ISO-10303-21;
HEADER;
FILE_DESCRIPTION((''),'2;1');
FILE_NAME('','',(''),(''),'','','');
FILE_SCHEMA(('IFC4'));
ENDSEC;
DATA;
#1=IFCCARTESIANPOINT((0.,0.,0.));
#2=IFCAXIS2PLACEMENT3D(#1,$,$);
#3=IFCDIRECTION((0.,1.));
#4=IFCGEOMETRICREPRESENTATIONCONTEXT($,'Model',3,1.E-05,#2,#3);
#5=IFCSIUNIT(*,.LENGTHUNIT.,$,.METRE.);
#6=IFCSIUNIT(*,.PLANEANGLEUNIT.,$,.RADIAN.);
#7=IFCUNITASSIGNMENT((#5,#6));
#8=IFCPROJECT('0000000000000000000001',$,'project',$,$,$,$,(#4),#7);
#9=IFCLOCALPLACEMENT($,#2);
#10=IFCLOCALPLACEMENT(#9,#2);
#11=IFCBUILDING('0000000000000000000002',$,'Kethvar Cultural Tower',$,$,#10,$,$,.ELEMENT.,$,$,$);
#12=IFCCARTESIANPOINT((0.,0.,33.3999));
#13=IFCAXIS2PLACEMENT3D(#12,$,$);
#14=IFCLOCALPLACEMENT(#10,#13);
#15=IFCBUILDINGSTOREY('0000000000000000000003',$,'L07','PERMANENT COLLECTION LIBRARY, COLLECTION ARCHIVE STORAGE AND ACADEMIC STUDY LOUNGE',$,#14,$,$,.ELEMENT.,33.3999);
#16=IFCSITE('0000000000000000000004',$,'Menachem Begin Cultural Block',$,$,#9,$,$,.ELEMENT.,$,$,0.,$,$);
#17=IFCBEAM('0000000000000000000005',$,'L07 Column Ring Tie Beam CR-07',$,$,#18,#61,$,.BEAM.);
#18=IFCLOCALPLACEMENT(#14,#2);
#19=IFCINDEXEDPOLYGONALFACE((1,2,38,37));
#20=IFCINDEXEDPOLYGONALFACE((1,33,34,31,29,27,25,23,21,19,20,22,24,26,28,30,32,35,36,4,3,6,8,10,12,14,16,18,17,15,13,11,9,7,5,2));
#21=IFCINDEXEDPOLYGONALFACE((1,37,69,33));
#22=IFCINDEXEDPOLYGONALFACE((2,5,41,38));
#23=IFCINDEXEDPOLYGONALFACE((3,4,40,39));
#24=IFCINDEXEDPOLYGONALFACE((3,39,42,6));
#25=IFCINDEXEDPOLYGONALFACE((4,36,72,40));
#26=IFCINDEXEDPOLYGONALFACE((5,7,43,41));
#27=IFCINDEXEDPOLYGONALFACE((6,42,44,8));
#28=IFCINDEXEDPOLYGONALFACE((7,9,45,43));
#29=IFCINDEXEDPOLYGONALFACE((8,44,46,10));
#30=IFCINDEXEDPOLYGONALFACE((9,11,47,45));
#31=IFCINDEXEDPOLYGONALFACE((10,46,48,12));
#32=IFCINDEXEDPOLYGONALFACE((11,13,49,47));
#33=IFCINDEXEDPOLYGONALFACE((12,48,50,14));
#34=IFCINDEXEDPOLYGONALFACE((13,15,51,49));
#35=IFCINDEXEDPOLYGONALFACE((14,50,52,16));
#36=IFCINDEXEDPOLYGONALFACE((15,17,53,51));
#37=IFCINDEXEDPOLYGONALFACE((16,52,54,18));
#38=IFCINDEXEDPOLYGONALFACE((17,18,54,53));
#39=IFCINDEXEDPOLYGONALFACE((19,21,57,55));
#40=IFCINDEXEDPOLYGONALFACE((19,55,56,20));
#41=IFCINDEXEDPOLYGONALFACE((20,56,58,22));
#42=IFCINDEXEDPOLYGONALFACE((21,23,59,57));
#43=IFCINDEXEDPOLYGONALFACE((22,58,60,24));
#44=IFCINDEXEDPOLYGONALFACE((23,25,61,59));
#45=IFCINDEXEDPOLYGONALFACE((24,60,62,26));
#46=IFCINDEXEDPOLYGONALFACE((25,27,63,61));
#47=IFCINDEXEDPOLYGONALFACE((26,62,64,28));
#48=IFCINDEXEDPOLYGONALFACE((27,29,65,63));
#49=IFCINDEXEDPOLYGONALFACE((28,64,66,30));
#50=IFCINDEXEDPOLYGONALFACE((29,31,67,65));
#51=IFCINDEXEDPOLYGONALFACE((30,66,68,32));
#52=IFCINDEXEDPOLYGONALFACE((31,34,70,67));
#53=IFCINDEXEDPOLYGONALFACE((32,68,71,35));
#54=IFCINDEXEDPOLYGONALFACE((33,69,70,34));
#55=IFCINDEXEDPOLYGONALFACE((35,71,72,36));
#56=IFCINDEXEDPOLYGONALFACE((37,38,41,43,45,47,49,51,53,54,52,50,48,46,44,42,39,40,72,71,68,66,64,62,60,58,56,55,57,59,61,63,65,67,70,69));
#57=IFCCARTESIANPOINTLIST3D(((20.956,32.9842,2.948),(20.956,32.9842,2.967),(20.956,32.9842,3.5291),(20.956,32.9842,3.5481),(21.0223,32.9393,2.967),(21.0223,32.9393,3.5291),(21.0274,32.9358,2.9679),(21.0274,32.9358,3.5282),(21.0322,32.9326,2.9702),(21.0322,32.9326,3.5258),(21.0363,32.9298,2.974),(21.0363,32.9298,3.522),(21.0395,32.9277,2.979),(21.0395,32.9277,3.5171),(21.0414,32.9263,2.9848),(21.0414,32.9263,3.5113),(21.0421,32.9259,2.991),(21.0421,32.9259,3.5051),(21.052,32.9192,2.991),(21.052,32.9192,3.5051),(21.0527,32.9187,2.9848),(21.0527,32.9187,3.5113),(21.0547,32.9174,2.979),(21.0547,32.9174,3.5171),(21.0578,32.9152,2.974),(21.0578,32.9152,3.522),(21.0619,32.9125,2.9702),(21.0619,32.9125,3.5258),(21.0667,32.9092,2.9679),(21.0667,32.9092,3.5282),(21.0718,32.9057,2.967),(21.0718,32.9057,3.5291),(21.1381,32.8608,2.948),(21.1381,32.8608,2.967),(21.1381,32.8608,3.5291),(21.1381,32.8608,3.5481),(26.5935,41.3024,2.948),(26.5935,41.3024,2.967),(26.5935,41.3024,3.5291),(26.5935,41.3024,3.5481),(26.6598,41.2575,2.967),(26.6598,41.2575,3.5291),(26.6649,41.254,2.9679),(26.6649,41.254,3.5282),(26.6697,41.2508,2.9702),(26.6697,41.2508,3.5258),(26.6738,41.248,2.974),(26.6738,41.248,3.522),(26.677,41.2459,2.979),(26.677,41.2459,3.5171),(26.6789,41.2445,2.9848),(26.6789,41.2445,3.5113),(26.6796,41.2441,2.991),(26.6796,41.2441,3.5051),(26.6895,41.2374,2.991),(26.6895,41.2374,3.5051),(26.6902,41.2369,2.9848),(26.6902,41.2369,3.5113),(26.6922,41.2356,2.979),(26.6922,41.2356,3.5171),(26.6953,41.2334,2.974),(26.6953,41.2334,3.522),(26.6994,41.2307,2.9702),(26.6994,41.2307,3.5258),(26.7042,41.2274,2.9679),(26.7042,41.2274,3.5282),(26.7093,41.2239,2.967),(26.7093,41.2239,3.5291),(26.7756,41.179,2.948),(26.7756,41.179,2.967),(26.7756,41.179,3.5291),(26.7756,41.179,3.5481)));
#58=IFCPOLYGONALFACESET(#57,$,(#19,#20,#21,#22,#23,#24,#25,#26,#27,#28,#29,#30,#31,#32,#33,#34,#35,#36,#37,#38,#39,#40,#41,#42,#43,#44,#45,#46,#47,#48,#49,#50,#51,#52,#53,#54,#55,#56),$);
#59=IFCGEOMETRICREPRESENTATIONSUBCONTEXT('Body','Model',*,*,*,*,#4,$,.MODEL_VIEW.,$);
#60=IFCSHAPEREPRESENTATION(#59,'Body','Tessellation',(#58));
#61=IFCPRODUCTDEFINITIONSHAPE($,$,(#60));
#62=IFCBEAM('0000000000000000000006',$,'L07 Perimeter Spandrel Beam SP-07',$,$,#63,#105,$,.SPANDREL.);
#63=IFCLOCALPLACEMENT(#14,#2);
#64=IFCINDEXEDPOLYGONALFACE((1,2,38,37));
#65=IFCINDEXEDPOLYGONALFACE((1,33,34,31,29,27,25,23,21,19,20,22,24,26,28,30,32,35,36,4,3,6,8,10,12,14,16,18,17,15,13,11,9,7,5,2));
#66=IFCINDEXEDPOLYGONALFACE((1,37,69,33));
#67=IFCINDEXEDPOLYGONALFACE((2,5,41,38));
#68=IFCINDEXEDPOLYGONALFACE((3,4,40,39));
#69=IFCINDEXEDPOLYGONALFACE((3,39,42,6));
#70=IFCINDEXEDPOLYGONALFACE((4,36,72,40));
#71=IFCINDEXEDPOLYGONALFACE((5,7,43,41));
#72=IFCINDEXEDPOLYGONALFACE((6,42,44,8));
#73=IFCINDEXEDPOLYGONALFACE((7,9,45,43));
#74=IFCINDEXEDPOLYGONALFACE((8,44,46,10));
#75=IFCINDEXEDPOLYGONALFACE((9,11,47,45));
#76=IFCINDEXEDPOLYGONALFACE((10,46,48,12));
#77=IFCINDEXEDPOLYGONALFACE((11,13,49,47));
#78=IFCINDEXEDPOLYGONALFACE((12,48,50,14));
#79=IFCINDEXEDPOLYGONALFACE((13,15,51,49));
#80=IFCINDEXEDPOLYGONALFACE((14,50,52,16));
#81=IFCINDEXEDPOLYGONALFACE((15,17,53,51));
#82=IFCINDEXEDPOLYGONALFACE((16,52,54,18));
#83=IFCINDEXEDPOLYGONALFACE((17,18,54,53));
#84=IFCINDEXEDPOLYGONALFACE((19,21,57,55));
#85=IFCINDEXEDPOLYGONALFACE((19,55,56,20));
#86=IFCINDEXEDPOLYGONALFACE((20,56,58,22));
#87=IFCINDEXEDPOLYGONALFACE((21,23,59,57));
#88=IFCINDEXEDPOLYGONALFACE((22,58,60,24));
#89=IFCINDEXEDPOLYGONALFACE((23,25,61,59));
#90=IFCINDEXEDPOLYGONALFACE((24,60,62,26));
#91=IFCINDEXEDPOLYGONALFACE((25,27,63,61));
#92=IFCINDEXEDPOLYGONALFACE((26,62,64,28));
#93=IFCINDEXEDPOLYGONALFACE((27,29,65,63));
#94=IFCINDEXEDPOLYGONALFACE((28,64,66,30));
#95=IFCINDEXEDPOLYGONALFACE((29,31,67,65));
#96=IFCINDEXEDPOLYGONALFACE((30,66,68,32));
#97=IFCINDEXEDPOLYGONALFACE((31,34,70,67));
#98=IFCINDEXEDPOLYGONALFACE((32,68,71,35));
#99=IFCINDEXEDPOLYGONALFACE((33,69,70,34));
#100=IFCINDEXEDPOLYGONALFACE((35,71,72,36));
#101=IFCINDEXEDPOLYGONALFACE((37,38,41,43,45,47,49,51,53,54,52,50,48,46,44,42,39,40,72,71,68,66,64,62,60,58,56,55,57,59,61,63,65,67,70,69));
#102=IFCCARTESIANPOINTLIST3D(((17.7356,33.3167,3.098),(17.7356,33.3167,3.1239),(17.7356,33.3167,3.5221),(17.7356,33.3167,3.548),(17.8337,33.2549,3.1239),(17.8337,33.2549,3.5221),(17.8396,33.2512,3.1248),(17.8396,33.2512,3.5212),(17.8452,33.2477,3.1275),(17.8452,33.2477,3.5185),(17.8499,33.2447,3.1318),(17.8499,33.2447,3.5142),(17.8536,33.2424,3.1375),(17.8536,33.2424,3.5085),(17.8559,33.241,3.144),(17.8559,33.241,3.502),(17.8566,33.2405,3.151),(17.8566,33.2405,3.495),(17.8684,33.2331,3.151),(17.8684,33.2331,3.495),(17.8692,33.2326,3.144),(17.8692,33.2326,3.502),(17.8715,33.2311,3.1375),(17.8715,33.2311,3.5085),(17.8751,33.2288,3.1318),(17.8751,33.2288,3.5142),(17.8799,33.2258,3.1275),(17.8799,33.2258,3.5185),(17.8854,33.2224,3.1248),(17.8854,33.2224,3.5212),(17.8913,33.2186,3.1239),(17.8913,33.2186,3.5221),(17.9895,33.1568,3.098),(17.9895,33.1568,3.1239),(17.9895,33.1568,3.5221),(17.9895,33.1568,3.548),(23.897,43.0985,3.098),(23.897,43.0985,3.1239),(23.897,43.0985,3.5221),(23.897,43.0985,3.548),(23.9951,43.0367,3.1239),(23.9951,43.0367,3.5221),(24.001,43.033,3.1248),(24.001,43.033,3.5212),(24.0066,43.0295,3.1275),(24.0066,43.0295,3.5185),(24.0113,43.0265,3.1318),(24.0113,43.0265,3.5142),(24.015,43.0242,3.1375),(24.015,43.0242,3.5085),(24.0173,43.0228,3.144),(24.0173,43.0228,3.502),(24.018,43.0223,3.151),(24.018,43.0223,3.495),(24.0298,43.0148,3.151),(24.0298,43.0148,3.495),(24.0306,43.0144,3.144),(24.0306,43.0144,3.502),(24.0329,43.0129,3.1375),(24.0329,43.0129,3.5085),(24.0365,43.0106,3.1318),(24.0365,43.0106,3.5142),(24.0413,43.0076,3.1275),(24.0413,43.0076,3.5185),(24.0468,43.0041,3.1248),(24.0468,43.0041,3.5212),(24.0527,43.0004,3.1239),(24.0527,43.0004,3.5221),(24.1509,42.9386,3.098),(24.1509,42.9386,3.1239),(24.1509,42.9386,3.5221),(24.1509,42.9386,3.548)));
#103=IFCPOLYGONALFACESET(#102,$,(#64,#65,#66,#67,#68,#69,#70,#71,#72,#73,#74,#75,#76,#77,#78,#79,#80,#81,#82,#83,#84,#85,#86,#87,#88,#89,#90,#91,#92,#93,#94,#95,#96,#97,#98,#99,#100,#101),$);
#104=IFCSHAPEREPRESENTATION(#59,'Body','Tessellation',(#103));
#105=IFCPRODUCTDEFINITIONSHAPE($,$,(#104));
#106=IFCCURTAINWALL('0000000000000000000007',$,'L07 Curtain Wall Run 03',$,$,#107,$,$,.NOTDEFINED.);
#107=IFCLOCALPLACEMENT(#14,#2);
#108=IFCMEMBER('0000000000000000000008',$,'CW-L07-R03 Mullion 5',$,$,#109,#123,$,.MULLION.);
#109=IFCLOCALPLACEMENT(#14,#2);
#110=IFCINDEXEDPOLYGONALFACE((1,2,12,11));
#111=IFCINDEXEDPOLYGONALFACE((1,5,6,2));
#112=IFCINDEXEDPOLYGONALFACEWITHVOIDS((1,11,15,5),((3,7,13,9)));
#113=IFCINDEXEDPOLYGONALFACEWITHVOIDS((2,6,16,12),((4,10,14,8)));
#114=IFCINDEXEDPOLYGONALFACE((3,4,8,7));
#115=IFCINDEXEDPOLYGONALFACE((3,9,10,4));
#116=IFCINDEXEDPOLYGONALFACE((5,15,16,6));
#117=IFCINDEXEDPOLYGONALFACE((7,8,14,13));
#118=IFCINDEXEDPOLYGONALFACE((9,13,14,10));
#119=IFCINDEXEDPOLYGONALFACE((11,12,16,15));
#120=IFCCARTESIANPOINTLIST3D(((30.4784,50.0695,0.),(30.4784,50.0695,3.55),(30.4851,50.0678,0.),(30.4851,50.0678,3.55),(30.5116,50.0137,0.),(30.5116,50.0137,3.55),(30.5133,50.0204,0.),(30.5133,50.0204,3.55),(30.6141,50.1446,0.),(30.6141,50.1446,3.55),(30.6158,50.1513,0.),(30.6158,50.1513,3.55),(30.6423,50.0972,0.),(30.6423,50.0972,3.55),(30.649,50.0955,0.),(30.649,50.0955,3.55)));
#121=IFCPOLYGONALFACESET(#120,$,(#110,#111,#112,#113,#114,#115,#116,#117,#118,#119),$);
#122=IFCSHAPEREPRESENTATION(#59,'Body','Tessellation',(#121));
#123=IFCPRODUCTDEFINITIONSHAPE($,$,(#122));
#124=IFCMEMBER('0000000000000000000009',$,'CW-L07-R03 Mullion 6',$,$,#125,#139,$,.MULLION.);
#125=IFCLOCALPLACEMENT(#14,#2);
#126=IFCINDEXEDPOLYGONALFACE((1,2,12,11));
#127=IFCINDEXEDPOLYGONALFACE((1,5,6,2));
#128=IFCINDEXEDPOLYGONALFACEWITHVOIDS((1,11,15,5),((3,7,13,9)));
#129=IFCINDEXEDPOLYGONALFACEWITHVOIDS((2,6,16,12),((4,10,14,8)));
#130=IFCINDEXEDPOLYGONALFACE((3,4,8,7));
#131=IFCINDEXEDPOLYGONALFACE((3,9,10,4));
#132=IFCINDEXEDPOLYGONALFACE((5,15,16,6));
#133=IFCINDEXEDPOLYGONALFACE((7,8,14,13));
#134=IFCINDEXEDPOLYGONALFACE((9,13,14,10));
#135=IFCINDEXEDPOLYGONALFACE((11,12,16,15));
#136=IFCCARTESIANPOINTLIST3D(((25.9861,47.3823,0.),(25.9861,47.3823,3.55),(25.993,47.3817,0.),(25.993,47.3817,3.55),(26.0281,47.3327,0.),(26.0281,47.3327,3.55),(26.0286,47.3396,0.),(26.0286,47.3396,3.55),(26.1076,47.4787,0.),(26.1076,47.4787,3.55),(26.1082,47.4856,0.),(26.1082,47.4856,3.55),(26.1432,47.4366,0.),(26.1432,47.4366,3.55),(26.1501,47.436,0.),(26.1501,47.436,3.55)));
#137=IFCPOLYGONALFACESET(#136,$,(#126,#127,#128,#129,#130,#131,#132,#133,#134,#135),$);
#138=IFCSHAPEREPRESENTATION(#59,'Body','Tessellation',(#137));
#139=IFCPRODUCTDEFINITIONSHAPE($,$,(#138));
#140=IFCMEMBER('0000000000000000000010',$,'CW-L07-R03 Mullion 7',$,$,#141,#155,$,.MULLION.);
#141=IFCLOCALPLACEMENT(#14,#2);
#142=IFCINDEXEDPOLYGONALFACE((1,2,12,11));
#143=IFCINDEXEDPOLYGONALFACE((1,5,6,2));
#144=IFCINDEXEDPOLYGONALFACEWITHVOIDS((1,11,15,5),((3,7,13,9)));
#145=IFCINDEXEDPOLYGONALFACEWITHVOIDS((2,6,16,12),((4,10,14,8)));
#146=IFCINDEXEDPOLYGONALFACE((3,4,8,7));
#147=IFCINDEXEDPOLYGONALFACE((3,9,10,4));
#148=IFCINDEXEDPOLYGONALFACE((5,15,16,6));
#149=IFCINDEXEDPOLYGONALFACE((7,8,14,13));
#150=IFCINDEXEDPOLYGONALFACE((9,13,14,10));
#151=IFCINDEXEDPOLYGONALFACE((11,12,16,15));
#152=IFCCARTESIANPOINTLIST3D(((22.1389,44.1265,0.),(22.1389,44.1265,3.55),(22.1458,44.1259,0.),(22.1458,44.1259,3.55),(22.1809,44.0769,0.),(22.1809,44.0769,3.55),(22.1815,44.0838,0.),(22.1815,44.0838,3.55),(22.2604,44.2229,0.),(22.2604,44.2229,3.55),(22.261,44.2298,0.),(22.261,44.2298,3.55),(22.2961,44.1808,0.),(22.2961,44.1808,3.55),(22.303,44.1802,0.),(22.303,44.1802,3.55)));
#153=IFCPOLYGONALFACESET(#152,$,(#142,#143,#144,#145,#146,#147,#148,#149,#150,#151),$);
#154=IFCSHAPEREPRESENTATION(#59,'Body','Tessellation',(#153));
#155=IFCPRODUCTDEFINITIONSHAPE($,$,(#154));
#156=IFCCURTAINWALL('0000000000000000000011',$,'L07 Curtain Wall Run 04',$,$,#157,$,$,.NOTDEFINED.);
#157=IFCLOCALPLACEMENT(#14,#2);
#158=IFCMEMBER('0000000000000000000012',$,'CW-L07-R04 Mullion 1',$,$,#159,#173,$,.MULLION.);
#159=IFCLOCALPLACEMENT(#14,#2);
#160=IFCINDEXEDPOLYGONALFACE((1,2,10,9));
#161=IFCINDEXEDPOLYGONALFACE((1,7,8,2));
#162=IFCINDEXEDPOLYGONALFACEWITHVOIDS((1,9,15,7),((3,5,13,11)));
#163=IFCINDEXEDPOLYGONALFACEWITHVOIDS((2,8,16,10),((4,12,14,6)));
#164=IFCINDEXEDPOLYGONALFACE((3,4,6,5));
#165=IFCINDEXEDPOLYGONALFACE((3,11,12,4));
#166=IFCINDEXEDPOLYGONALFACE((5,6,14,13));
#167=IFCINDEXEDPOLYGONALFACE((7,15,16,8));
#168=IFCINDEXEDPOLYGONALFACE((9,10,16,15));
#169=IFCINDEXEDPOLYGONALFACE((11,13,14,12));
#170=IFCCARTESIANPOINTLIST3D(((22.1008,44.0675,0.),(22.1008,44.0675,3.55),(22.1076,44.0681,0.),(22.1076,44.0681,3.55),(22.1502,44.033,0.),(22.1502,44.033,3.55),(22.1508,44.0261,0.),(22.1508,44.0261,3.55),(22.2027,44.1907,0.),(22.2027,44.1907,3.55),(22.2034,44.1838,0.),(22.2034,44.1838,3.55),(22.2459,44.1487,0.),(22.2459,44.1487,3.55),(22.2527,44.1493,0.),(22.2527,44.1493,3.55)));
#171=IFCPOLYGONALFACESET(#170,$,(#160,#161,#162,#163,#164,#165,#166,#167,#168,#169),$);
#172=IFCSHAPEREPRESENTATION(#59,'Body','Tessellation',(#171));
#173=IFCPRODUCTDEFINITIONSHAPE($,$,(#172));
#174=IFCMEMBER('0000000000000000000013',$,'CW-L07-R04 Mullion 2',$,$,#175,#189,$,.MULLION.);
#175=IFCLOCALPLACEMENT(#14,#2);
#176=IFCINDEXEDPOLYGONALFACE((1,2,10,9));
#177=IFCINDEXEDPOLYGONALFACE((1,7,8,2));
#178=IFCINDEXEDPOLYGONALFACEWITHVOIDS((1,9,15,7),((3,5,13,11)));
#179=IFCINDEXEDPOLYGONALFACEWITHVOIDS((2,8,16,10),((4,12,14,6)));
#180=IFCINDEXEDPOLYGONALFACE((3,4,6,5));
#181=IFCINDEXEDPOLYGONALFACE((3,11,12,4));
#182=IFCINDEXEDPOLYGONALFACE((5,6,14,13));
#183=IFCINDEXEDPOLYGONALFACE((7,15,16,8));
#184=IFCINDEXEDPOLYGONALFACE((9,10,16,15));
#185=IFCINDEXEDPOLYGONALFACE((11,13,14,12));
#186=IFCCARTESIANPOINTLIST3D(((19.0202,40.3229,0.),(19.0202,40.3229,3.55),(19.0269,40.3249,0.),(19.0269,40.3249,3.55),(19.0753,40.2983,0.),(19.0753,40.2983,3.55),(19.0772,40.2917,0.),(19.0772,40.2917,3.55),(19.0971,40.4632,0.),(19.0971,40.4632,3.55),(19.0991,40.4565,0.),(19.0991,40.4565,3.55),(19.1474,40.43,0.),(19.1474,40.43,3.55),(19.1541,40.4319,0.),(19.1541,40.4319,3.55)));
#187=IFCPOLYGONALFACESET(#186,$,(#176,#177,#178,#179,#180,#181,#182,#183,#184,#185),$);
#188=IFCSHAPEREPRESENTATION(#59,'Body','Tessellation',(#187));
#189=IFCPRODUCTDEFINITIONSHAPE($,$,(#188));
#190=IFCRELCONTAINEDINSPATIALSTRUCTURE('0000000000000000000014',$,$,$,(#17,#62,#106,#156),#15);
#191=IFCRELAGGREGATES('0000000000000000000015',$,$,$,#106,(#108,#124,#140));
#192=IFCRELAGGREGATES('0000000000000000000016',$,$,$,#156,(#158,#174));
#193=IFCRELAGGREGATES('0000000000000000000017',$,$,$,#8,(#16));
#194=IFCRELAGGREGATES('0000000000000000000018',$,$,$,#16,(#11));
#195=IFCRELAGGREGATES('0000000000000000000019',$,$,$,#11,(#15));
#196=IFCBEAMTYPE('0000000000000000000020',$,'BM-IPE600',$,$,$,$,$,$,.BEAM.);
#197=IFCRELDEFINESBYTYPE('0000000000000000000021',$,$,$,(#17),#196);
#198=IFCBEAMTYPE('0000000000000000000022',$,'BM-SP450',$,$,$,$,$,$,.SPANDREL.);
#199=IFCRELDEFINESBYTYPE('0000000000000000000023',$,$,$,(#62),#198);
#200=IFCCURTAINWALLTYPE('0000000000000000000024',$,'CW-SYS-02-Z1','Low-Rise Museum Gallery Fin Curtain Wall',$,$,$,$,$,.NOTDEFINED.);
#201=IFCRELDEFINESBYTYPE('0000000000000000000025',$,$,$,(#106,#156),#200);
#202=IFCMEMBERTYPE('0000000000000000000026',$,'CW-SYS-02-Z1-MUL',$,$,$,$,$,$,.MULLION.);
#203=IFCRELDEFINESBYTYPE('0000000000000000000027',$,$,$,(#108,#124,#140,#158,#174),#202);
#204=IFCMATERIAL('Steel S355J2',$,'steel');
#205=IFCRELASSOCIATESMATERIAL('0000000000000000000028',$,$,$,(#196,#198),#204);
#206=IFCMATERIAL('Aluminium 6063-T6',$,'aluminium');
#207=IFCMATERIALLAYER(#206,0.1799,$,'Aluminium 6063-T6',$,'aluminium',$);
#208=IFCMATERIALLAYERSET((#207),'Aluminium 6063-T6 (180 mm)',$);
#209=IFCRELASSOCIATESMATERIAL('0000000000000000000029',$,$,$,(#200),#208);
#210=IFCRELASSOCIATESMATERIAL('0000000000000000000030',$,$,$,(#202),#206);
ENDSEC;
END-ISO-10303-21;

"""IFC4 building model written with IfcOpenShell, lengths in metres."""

from ifc_helpers import new_model, si_unit, direction, frame, origin, origin_2d, place, context, subcontext, project, spatial, hollow_rectangle, i_section, extrude, source, transform, mapped, material, layer, layer_set, material_profile, profile_set, type_object, element, aggregate, save


model = new_model("IFC4")

# Units and contexts
model_context = context("Model", 3, precision=1e-05, world=origin(), true_north=direction((0.0, 1.0)))
body_context = subcontext(model_context, "Body", "Model", "MODEL_VIEW")
ifc_project = project(units=[si_unit("LENGTHUNIT", "METRE"), si_unit("PLANEANGLEUNIT", "RADIAN")], contexts=[model_context])

# Site, building, storey
site_placement = place(None, origin())
site = spatial("IfcSite", under=ifc_project, at=site_placement, Name="Menachem Begin Cultural Block", CompositionType="ELEMENT", RefElevation=0.0)
building_placement = place(site_placement, origin())
building = spatial("IfcBuilding", under=site, at=building_placement, Name="Kethvar Cultural Tower", CompositionType="ELEMENT")
storey_placement = place(building_placement, frame((0.0, 0.0, 33.3999)))
storey = spatial("IfcBuildingStorey", under=building, at=storey_placement, Name="L07", Description="PERMANENT COLLECTION LIBRARY, COLLECTION ARCHIVE STORAGE AND ACADEMIC STUDY LOUNGE", CompositionType="ELEMENT", Elevation=33.3999)

# Beams
ifc_material_1 = material(Name="Steel S355J2", Category="steel")
ifc_material_profile_1 = material_profile(ifc_material_1, i_section(OverallWidth=0.22, OverallDepth=0.6001, WebThickness=0.012, FlangeThickness=0.019, FilletRadius=0.0239, at=origin_2d()), Name="Steel S355J2 — IPE600")
ifc_profile_set_1 = profile_set([ifc_material_profile_1], Name="Steel S355J2 — IPE600")
beam_type_1 = type_object("IfcBeamType", Name="BM-IPE600", PredefinedType="BEAM", material=ifc_profile_set_1)
ifc_material_profile_2 = material_profile(ifc_material_1, i_section(OverallWidth=0.3, OverallDepth=0.45, WebThickness=0.0139, FlangeThickness=0.0259, FilletRadius=0.0271, at=origin_2d()), Name="Steel S355J2 — HEB450")
ifc_profile_set_2 = profile_set([ifc_material_profile_2], Name="Steel S355J2 — HEB450")
beam_type_2 = type_object("IfcBeamType", Name="BM-SP450", PredefinedType="SPANDREL", material=ifc_profile_set_2)
shared_shape_1 = source(origin(), body_context, "Body", "SweptSolid", [
    extrude(i_section(OverallWidth=0.22, OverallDepth=0.6001, WebThickness=0.012, FlangeThickness=0.019, FilletRadius=0.0239, at=origin_2d()), origin(), (0.0, 0.0, 1.0), 10.0486),
])
beam_1_placement = place(storey_placement, frame((26.6846, 41.2407, 3.248), z_axis=(-0.561025, -0.827799, 0.0), x_axis=(0.827799, -0.561025, 0.0)))
element("IfcBeam", 1, at=beam_1_placement, inside=storey, type_object=beam_type_1, Name="L07 Column Ring Tie Beam CR-07", PredefinedType="BEAM", context=body_context, shape_type="MappedRepresentation", body=[
    mapped(shared_shape_1, transform((0.0, 0.0, 0.0), scale=1.0)),
])
shared_shape_2 = source(origin(), body_context, "Body", "SweptSolid", [
    extrude(i_section(OverallWidth=0.3, OverallDepth=0.45, WebThickness=0.0139, FlangeThickness=0.0259, FilletRadius=0.0271, at=origin_2d()), origin(), (0.0, 0.0, 1.0), 11.5605),
])
beam_2_placement = place(storey_placement, frame((24.0239, 43.0186, 3.323), z_axis=(-0.532968, -0.846135, 0.0), x_axis=(0.846135, -0.532968, 0.0)))
element("IfcBeam", 2, at=beam_2_placement, inside=storey, type_object=beam_type_2, Name="L07 Perimeter Spandrel Beam SP-07", PredefinedType="SPANDREL", context=body_context, shape_type="MappedRepresentation", body=[
    mapped(shared_shape_2, transform((0.0, 0.0, 0.0), scale=1.0)),
])

# Curtain walls, members
ifc_material_2 = material(Name="Aluminium 6063-T6", Category="aluminium")
ifc_layer_1 = layer(ifc_material_2, 0.1799, Name="Aluminium 6063-T6", Category="aluminium")
ifc_layer_set_1 = layer_set([ifc_layer_1], Name="Aluminium 6063-T6 (180 mm)")
curtain_wall_type = type_object("IfcCurtainWallType", Name="CW-SYS-02-Z1", Description="Low-Rise Museum Gallery Fin Curtain Wall", PredefinedType="NOTDEFINED", material=ifc_layer_set_1)
curtain_wall_1_placement = place(storey_placement, origin())
curtain_wall_1 = element("IfcCurtainWall", 3, at=curtain_wall_1_placement, inside=storey, type_object=curtain_wall_type, Name="L07 Curtain Wall Run 03", PredefinedType="NOTDEFINED")
ifc_material_profile_3 = material_profile(ifc_material_2, hollow_rectangle(XDim=0.0649, YDim=0.1599, WallThickness=0.0049, at=origin_2d()), Name="Aluminium 6063-T6 — RHS160x65x5")
ifc_profile_set_3 = profile_set([ifc_material_profile_3], Name="Aluminium 6063-T6 — RHS160x65x5")
member_type_1 = type_object("IfcMemberType", Name="CW-SYS-02-Z1-MUL", PredefinedType="MULLION", material=ifc_profile_set_3)
shared_shape_3 = source(origin(), body_context, "Body", "SweptSolid", [
    extrude(hollow_rectangle(XDim=0.0649, YDim=0.1599, WallThickness=0.0049, at=origin_2d()), origin(), (0.0, 0.0, 1.0), 3.55),
])
member_1_placement = place(storey_placement, frame((30.5637, 50.0825, 0.0), z_axis=(0.0, 0.0, 1.0), x_axis=(0.511383, -0.859353, 0.0)))
member_1 = element("IfcMember", 4, at=member_1_placement, type_object=member_type_1, Name="CW-L07-R03 Mullion 5", PredefinedType="MULLION", context=body_context, shape_type="MappedRepresentation", body=[
    mapped(shared_shape_3, transform((0.0, 0.0, 0.0), scale=1.0)),
])
member_2_placement = place(storey_placement, frame((26.0681, 47.4092, 0.0), z_axis=(0.0, 0.0, 1.0), x_axis=(0.646044, -0.7633, 0.0)))
member_2 = element("IfcMember", 5, at=member_2_placement, type_object=member_type_1, Name="CW-L07-R03 Mullion 6", PredefinedType="MULLION", context=body_context, shape_type="MappedRepresentation", body=[
    mapped(shared_shape_3, transform((0.0, 0.0, 0.0), scale=1.0)),
])
member_3_placement = place(storey_placement, frame((22.2209, 44.1533, 0.0), z_axis=(0.0, 0.0, 1.0), x_axis=(0.646044, -0.7633, 0.0)))
member_3 = element("IfcMember", 6, at=member_3_placement, type_object=member_type_1, Name="CW-L07-R03 Mullion 7", PredefinedType="MULLION", context=body_context, shape_type="MappedRepresentation", body=[
    mapped(shared_shape_3, transform((0.0, 0.0, 0.0), scale=1.0)),
])
curtain_wall_2_placement = place(storey_placement, origin())
curtain_wall_2 = element("IfcCurtainWall", 7, at=curtain_wall_2_placement, inside=storey, type_object=curtain_wall_type, Name="L07 Curtain Wall Run 04", PredefinedType="NOTDEFINED")
member_4_placement = place(storey_placement, frame((22.1768, 44.1084, 0.0), z_axis=(0.0, 0.0, 1.0), x_axis=(0.770491, -0.637451, 0.0)))
member_4 = element("IfcMember", 8, at=member_4_placement, type_object=member_type_1, Name="CW-L07-R04 Mullion 1", PredefinedType="MULLION", context=body_context, shape_type="MappedRepresentation", body=[
    mapped(shared_shape_3, transform((0.0, 0.0, 0.0), scale=1.0)),
])
member_5_placement = place(storey_placement, frame((19.0872, 40.3774, 0.0), z_axis=(0.0, 0.0, 1.0), x_axis=(0.876869, -0.480729, 0.0)))
member_5 = element("IfcMember", 9, at=member_5_placement, type_object=member_type_1, Name="CW-L07-R04 Mullion 2", PredefinedType="MULLION", context=body_context, shape_type="MappedRepresentation", body=[
    mapped(shared_shape_3, transform((0.0, 0.0, 0.0), scale=1.0)),
])

aggregate(curtain_wall_1, [member_1, member_2, member_3])
aggregate(curtain_wall_2, [member_4, member_5])

save(model, "model.ifc")
